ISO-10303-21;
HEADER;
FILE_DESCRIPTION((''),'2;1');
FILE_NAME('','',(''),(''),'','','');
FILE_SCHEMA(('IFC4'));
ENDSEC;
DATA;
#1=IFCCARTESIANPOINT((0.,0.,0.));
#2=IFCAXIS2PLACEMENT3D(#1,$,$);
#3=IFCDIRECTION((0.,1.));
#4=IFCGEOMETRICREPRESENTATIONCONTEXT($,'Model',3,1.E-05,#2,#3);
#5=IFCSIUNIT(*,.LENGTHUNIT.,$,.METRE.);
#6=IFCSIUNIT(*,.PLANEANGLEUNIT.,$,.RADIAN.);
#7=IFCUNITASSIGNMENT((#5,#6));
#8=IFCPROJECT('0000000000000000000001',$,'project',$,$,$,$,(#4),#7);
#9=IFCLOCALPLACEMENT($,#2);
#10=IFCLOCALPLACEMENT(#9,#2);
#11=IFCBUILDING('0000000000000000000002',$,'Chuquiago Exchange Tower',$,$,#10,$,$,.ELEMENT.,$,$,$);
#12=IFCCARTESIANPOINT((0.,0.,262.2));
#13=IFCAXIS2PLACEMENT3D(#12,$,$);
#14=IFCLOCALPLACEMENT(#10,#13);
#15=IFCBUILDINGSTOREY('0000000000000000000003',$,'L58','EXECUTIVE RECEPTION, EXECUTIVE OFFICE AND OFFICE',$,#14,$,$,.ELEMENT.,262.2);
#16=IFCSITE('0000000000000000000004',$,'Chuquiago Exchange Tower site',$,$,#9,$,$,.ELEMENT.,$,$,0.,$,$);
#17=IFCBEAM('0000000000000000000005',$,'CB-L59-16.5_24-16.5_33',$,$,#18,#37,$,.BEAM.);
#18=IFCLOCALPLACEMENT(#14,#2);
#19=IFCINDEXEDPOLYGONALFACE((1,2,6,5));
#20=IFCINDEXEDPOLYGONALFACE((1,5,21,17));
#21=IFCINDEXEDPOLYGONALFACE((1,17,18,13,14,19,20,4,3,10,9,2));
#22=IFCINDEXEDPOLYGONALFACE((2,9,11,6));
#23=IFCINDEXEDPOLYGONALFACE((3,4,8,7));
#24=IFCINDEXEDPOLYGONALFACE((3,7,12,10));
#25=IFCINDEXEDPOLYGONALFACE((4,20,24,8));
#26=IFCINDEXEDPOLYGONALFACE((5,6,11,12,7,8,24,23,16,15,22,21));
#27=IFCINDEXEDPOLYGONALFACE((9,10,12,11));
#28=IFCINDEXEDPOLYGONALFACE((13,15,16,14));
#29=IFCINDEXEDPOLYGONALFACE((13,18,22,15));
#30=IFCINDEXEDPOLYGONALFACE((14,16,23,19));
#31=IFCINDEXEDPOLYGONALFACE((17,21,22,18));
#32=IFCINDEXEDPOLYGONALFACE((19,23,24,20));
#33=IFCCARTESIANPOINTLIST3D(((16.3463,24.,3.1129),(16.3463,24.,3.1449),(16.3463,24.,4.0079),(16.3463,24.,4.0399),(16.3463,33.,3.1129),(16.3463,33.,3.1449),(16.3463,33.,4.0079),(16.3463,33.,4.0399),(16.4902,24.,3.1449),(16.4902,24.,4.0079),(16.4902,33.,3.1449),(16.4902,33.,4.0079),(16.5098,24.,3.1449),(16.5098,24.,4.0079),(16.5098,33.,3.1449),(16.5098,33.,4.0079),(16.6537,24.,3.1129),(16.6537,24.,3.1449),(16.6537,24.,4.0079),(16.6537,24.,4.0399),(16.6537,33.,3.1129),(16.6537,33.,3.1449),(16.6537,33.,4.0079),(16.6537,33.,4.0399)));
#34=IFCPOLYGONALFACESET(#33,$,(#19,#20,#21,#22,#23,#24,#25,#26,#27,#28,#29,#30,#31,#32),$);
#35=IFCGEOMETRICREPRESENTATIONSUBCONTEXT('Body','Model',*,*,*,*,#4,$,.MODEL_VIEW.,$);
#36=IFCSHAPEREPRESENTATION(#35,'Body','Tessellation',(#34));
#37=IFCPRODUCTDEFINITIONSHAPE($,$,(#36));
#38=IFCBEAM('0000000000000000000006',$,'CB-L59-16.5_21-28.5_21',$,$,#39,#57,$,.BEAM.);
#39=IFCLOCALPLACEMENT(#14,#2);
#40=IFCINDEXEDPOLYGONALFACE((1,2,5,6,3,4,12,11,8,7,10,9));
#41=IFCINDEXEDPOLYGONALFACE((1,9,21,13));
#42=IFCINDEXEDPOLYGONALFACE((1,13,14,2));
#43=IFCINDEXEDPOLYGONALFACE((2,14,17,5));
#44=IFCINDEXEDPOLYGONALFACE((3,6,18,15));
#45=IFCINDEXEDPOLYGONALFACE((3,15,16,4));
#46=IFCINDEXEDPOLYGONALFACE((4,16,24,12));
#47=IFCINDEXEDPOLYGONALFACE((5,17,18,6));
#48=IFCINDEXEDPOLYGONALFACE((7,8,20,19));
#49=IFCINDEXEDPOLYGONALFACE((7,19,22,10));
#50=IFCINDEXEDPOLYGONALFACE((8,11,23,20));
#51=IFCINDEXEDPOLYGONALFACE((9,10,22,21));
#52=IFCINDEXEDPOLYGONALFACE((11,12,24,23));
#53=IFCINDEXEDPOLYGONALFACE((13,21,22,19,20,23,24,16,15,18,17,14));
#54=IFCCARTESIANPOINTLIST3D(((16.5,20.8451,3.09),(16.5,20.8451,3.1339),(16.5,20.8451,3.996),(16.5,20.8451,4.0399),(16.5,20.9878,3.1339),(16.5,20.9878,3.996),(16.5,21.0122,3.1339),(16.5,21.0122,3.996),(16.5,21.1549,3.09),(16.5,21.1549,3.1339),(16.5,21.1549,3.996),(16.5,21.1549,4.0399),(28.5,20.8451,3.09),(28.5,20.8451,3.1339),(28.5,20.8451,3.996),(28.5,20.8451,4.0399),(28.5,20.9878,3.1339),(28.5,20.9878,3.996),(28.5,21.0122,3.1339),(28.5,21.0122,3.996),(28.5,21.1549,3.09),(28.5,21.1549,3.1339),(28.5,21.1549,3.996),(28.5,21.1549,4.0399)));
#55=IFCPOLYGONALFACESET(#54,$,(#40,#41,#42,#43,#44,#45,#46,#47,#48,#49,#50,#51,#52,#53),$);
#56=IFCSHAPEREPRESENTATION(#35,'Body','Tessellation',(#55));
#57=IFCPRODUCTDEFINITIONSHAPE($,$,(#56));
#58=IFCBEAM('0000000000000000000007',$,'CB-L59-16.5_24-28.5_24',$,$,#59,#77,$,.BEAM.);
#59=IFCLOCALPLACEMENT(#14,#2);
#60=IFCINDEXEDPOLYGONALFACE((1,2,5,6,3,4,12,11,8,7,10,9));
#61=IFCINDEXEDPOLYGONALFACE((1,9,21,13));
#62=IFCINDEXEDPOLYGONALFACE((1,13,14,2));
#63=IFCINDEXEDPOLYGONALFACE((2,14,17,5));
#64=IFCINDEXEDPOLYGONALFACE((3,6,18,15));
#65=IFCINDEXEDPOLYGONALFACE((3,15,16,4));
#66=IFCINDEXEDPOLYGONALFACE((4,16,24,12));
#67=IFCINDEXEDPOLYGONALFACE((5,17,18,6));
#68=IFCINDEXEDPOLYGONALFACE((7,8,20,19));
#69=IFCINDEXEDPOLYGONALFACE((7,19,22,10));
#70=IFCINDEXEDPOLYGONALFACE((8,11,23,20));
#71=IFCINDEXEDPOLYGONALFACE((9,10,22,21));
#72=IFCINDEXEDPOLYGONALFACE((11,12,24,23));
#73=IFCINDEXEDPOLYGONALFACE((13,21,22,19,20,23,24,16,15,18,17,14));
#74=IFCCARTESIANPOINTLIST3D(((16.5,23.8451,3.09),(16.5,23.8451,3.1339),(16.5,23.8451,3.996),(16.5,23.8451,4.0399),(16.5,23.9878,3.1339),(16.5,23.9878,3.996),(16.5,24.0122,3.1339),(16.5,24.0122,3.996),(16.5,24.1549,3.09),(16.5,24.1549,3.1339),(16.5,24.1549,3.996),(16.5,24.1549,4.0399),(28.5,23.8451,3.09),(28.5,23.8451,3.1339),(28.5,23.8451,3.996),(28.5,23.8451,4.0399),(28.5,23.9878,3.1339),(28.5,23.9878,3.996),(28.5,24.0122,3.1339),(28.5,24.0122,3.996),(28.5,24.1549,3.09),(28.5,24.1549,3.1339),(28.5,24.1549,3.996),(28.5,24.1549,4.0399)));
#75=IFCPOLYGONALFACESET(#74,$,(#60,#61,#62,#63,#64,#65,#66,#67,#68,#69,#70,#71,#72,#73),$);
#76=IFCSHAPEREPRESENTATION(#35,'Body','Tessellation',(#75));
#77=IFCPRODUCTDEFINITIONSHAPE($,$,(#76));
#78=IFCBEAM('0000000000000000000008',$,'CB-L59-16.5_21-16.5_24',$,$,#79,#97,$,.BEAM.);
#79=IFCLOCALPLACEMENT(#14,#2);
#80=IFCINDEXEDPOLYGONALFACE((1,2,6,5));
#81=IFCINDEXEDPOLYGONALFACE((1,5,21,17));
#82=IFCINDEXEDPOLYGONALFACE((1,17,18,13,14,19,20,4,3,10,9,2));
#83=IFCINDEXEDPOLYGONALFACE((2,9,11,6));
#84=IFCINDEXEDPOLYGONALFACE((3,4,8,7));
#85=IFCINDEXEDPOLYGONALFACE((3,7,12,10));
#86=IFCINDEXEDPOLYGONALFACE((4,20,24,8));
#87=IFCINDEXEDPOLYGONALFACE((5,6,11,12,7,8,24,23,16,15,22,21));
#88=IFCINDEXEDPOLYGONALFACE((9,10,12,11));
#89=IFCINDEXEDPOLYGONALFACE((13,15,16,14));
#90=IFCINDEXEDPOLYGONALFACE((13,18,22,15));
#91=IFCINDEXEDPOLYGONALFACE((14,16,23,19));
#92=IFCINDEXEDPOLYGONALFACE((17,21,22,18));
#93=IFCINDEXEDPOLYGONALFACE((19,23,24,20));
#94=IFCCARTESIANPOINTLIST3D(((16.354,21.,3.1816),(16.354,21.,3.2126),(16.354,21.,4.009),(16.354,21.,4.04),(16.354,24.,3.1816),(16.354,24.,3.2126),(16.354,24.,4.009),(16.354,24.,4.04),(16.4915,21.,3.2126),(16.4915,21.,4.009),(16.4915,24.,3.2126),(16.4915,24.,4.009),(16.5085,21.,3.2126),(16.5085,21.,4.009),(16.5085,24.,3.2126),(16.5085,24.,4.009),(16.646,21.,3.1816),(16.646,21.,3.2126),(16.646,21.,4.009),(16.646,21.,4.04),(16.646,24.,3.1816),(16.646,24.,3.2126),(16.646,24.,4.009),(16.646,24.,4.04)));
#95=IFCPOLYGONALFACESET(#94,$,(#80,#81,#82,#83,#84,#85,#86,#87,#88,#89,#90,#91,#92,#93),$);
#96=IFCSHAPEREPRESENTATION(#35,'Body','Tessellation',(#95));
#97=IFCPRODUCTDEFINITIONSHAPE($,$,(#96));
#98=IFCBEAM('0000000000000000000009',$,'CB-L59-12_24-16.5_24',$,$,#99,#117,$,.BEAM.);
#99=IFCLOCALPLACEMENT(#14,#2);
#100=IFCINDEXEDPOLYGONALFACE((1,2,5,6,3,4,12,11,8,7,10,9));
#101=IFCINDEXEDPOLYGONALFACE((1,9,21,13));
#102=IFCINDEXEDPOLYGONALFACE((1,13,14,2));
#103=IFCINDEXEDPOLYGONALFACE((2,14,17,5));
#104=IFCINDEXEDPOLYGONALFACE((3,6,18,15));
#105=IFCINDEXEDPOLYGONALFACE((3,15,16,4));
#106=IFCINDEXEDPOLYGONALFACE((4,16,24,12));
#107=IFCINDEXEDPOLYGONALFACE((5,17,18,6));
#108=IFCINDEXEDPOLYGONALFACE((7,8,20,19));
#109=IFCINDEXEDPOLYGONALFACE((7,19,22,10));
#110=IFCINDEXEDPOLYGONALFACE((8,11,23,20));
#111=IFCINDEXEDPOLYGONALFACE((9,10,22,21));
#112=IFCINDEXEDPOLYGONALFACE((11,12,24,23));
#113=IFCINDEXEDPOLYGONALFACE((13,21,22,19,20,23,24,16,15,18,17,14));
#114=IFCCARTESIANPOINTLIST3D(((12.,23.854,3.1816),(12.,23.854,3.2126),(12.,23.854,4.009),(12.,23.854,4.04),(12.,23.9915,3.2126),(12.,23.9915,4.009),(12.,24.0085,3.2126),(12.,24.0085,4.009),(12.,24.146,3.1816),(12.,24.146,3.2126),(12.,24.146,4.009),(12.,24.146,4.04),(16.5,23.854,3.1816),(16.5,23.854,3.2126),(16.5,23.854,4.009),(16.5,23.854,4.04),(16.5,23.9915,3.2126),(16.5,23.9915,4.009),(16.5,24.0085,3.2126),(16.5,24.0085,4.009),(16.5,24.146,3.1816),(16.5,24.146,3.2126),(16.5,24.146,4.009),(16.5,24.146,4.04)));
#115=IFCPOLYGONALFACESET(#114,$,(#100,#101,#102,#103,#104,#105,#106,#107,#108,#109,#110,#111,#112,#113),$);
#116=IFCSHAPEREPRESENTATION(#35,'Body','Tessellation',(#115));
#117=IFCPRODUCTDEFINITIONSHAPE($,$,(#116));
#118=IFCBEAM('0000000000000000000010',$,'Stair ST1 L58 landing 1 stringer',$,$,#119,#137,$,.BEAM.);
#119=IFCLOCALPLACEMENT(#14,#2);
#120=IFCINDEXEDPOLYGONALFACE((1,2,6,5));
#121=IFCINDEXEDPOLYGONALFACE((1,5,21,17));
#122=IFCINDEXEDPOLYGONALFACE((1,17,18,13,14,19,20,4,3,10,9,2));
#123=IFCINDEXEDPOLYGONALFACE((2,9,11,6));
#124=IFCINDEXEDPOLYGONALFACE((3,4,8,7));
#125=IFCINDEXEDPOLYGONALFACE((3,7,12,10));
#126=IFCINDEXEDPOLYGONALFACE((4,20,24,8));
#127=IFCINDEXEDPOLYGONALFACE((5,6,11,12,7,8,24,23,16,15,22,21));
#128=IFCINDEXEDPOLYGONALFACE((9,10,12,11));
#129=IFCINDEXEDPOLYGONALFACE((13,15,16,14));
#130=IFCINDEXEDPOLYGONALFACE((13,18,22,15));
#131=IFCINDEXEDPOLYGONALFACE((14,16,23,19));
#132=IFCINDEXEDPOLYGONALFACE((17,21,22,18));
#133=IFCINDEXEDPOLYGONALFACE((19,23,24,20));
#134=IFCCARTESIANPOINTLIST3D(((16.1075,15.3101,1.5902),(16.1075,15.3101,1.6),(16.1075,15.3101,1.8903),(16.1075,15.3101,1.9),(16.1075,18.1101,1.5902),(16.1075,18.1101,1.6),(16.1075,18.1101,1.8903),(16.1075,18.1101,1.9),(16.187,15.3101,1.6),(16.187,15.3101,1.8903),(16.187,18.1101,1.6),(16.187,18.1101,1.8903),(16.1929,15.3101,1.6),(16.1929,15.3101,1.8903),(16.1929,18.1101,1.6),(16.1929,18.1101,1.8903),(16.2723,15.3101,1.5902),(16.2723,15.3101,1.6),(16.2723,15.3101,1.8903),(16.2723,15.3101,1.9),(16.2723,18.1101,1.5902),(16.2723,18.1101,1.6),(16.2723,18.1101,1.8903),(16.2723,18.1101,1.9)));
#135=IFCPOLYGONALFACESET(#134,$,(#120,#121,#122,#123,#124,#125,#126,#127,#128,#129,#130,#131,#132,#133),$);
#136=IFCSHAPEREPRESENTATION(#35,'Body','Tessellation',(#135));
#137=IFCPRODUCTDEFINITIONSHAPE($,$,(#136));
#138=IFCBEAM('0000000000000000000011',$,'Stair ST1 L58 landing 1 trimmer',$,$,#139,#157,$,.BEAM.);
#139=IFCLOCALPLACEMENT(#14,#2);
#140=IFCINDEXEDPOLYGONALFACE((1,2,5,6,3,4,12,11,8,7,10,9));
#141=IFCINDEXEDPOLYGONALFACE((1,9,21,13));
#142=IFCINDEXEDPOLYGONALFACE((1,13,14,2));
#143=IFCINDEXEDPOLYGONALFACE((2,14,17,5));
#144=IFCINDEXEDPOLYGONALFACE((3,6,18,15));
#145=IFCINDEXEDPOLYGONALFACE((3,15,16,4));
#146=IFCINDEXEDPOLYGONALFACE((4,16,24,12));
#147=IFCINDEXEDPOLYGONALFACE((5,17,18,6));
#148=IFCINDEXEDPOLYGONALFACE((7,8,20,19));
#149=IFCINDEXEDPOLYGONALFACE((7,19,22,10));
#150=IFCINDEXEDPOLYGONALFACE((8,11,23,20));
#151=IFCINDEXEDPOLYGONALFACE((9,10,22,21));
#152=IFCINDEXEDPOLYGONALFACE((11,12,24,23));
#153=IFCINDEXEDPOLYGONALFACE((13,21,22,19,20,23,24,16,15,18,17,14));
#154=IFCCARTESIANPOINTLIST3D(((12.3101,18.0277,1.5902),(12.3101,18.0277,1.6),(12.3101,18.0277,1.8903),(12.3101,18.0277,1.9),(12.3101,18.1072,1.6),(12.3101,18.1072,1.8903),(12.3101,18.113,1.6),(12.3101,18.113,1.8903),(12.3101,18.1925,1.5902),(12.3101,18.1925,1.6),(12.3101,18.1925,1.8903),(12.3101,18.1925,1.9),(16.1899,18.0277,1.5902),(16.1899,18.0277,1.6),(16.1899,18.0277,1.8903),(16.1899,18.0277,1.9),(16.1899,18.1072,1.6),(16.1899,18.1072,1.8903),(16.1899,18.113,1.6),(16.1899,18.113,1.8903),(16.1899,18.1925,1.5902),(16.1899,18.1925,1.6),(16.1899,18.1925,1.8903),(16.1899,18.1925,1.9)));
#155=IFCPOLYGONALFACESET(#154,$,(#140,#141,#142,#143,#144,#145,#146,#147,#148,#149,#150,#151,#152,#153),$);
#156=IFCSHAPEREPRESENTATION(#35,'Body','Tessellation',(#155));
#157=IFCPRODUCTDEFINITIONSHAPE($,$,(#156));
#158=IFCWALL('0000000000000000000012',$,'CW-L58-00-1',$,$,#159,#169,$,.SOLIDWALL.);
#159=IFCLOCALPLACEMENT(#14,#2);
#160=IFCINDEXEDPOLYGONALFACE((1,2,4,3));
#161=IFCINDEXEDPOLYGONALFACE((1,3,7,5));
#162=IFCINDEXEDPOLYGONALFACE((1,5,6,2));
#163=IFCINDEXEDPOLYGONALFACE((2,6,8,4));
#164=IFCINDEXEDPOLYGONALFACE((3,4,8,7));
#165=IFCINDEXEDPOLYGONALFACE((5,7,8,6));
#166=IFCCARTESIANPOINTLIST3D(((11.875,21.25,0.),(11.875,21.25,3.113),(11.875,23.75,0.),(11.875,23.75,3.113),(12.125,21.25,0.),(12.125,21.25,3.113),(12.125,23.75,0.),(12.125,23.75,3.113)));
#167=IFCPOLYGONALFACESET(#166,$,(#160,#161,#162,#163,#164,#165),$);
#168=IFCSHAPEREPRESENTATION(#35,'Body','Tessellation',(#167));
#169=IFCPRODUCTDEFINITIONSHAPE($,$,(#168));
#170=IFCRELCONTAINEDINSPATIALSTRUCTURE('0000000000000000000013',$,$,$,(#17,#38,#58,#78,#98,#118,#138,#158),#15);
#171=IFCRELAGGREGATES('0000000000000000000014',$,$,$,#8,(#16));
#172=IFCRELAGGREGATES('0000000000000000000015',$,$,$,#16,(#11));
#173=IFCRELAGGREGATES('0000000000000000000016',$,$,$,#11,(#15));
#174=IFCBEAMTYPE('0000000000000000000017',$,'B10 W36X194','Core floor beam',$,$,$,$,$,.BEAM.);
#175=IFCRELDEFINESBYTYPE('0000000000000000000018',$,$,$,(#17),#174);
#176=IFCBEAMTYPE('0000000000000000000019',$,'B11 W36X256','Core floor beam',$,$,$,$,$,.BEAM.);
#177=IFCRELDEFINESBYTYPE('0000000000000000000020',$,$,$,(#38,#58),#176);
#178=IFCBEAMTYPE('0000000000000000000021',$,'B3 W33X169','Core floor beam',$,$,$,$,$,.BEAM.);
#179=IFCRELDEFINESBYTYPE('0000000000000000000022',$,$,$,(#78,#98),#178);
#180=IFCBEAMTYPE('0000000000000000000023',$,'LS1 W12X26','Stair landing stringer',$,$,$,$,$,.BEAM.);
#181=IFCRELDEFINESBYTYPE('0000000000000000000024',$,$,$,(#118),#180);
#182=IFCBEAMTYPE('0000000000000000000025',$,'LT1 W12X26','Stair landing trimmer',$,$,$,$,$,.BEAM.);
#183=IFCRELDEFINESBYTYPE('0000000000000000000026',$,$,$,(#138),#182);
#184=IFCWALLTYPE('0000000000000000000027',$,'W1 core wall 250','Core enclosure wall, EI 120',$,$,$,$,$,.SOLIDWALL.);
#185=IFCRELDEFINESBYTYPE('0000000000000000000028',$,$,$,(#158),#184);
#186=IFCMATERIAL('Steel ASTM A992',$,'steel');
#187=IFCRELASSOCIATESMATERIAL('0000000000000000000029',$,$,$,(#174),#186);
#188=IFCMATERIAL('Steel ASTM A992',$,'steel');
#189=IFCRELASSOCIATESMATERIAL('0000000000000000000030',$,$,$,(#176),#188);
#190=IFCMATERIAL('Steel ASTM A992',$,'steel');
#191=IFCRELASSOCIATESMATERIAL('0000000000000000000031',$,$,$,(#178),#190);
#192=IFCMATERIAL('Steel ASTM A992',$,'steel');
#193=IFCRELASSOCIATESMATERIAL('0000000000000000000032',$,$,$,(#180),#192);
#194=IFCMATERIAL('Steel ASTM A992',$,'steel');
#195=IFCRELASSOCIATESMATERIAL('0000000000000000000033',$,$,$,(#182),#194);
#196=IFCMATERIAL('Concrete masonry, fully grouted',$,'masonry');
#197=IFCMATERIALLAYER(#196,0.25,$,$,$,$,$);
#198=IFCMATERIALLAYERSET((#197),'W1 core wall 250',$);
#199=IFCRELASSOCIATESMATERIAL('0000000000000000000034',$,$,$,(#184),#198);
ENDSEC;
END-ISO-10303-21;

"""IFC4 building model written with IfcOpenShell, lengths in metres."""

from ifc_helpers import new_model, si_unit, direction, frame, frame_2d, origin, origin_2d, place, context, subcontext, project, spatial, rectangle, i_section, extrude, material, layer, layer_set, material_profile, profile_set, type_object, element, save


model = new_model("IFC4")

# Units and contexts
model_context = context("Model", 3, precision=1e-05, world=origin(), true_north=direction((0.0, 1.0)))
body_context = subcontext(model_context, "Body", "Model", "MODEL_VIEW")
ifc_project = project(units=[si_unit("LENGTHUNIT", "METRE"), si_unit("PLANEANGLEUNIT", "RADIAN")], contexts=[model_context])

# Site, building, storey
site_placement = place(None, origin())
site = spatial("IfcSite", under=ifc_project, at=site_placement, Name="Chuquiago Exchange Tower site", CompositionType="ELEMENT", RefElevation=0.0)
building_placement = place(site_placement, origin())
building = spatial("IfcBuilding", under=site, at=building_placement, Name="Chuquiago Exchange Tower", CompositionType="ELEMENT")
storey_placement = place(building_placement, frame((0.0, 0.0, 262.2)))
storey = spatial("IfcBuildingStorey", under=building, at=storey_placement, Name="L58", Description="EXECUTIVE RECEPTION, EXECUTIVE OFFICE AND OFFICE", CompositionType="ELEMENT", Elevation=262.2)

# Beams
ifc_material_1 = material(Name="Steel ASTM A992", Category="steel")
ifc_material_profile_1 = material_profile(ifc_material_1, i_section(OverallWidth=0.3074, OverallDepth=0.927, WebThickness=0.0195, FlangeThickness=0.032, at=origin_2d()), Name="W36X194")
ifc_profile_set_1 = profile_set([ifc_material_profile_1], Name="Steel ASTM A992")
beam_type_1 = type_object("IfcBeamType", Name="B10 W36X194", Description="Core floor beam", PredefinedType="BEAM", material=ifc_profile_set_1)
for number, where, z_axis, x_axis, name in (
    (1, (16.5, 24.0, 3.5764), (0.0, 1.0, 0.0), (-1.0, 0.0, 0.0), "CB-L59-16.5_24-16.5_33"),
):
    element("IfcBeam", number, at=place(storey_placement, frame(where, z_axis=z_axis, x_axis=x_axis)), inside=storey, type_object=beam_type_1, Name=name, PredefinedType="BEAM", context=body_context, shape_type="SweptSolid", body=[
        extrude(i_section(OverallWidth=0.3074, OverallDepth=0.927, WebThickness=0.0195, FlangeThickness=0.032, at=origin_2d()), origin(), (0.0, 0.0, 1.0), 9.0),
    ])
ifc_material_2 = material(Name="Steel ASTM A992", Category="steel")
ifc_material_profile_2 = material_profile(ifc_material_2, i_section(OverallWidth=0.3098, OverallDepth=0.95, WebThickness=0.0244, FlangeThickness=0.0439, at=origin_2d()), Name="W36X256")
ifc_profile_set_2 = profile_set([ifc_material_profile_2], Name="Steel ASTM A992")
beam_type_2 = type_object("IfcBeamType", Name="B11 W36X256", Description="Core floor beam", PredefinedType="BEAM", material=ifc_profile_set_2)
for number, where, z_axis, x_axis, name in (
    (2, (16.5, 21.0, 3.5649), (1.0, 0.0, 0.0), (0.0, 1.0, 0.0), "CB-L59-16.5_21-28.5_21"),
    (3, (16.5, 24.0, 3.5649), (1.0, 0.0, 0.0), (0.0, 1.0, 0.0), "CB-L59-16.5_24-28.5_24"),
):
    element("IfcBeam", number, at=place(storey_placement, frame(where, z_axis=z_axis, x_axis=x_axis)), inside=storey, type_object=beam_type_2, Name=name, PredefinedType="BEAM", context=body_context, shape_type="SweptSolid", body=[
        extrude(i_section(OverallWidth=0.3098, OverallDepth=0.95, WebThickness=0.0244, FlangeThickness=0.0439, at=origin_2d()), origin(), (0.0, 0.0, 1.0), 12.0),
    ])
ifc_material_3 = material(Name="Steel ASTM A992", Category="steel")
ifc_material_profile_3 = material_profile(ifc_material_3, i_section(OverallWidth=0.292, OverallDepth=0.8584, WebThickness=0.0171, FlangeThickness=0.031, at=origin_2d()), Name="W33X169")
ifc_profile_set_3 = profile_set([ifc_material_profile_3], Name="Steel ASTM A992")
beam_type_3 = type_object("IfcBeamType", Name="B3 W33X169", Description="Core floor beam", PredefinedType="BEAM", material=ifc_profile_set_3)
beam_1_placement = place(storey_placement, frame((16.5, 21.0, 3.6108), z_axis=(0.0, 1.0, 0.0), x_axis=(-1.0, 0.0, 0.0)))
element("IfcBeam", 4, at=beam_1_placement, inside=storey, type_object=beam_type_3, Name="CB-L59-16.5_21-16.5_24", PredefinedType="BEAM", context=body_context, shape_type="SweptSolid", body=[
    extrude(i_section(OverallWidth=0.292, OverallDepth=0.8584, WebThickness=0.0171, FlangeThickness=0.031, at=origin_2d()), origin(), (0.0, 0.0, 1.0), 3.0),
])
beam_2_placement = place(storey_placement, frame((12.0, 24.0, 3.6108), z_axis=(1.0, 0.0, 0.0), x_axis=(0.0, 1.0, 0.0)))
element("IfcBeam", 5, at=beam_2_placement, inside=storey, type_object=beam_type_3, Name="CB-L59-12_24-16.5_24", PredefinedType="BEAM", context=body_context, shape_type="SweptSolid", body=[
    extrude(i_section(OverallWidth=0.292, OverallDepth=0.8584, WebThickness=0.0171, FlangeThickness=0.031, at=origin_2d()), origin(), (0.0, 0.0, 1.0), 4.5),
])
ifc_material_4 = material(Name="Steel ASTM A992", Category="steel")
ifc_material_profile_4 = material_profile(ifc_material_4, i_section(OverallWidth=0.1648, OverallDepth=0.3098, WebThickness=0.0059, FlangeThickness=0.0098, at=origin_2d()), Name="W12X26")
ifc_profile_set_4 = profile_set([ifc_material_profile_4], Name="Steel ASTM A992")
beam_type_4 = type_object("IfcBeamType", Name="LS1 W12X26", Description="Stair landing stringer", PredefinedType="BEAM", material=ifc_profile_set_4)
beam_3_placement = place(storey_placement, frame((16.1899, 15.3101, 1.7451), z_axis=(0.0, 1.0, 0.0), x_axis=(-1.0, 0.0, 0.0)))
element("IfcBeam", 6, at=beam_3_placement, inside=storey, type_object=beam_type_4, Name="Stair ST1 L58 landing 1 stringer", PredefinedType="BEAM", context=body_context, shape_type="SweptSolid", body=[
    extrude(i_section(OverallWidth=0.1648, OverallDepth=0.3098, WebThickness=0.0059, FlangeThickness=0.0098, at=origin_2d()), origin(), (0.0, 0.0, 1.0), 2.8),
])
ifc_material_5 = material(Name="Steel ASTM A992", Category="steel")
ifc_material_profile_5 = material_profile(ifc_material_5, i_section(OverallWidth=0.1648, OverallDepth=0.3098, WebThickness=0.0059, FlangeThickness=0.0098, at=origin_2d()), Name="W12X26")
ifc_profile_set_5 = profile_set([ifc_material_profile_5], Name="Steel ASTM A992")
beam_type_5 = type_object("IfcBeamType", Name="LT1 W12X26", Description="Stair landing trimmer", PredefinedType="BEAM", material=ifc_profile_set_5)
beam_4_placement = place(storey_placement, frame((12.3101, 18.1101, 1.7451), z_axis=(1.0, 0.0, 0.0), x_axis=(0.0, 1.0, 0.0)))
element("IfcBeam", 7, at=beam_4_placement, inside=storey, type_object=beam_type_5, Name="Stair ST1 L58 landing 1 trimmer", PredefinedType="BEAM", context=body_context, shape_type="SweptSolid", body=[
    extrude(i_section(OverallWidth=0.1648, OverallDepth=0.3098, WebThickness=0.0059, FlangeThickness=0.0098, at=origin_2d()), origin(), (0.0, 0.0, 1.0), 3.8799),
])

# Wall
ifc_material_6 = material(Name="Concrete masonry, fully grouted", Category="masonry")
ifc_layer_1 = layer(ifc_material_6, 0.25)
ifc_layer_set_1 = layer_set([ifc_layer_1], Name="W1 core wall 250")
wall_type_1 = type_object("IfcWallType", Name="W1 core wall 250", Description="Core enclosure wall, EI 120", PredefinedType="SOLIDWALL", material=ifc_layer_set_1)
wall_1_placement = place(storey_placement, frame((12.0, 21.25, 0.0), z_axis=(0.0, 0.0, 1.0), x_axis=(0.0, 1.0, 0.0)))
element("IfcWall", 8, at=wall_1_placement, inside=storey, type_object=wall_type_1, Name="CW-L58-00-1", PredefinedType="SOLIDWALL", context=body_context, shape_type="SweptSolid", body=[
    extrude(rectangle(XDim=2.5, YDim=0.25, at=frame_2d((1.25, 0.0))), origin(), (0.0, 0.0, 1.0), 3.113),
])

save(model, "model.ifc")
